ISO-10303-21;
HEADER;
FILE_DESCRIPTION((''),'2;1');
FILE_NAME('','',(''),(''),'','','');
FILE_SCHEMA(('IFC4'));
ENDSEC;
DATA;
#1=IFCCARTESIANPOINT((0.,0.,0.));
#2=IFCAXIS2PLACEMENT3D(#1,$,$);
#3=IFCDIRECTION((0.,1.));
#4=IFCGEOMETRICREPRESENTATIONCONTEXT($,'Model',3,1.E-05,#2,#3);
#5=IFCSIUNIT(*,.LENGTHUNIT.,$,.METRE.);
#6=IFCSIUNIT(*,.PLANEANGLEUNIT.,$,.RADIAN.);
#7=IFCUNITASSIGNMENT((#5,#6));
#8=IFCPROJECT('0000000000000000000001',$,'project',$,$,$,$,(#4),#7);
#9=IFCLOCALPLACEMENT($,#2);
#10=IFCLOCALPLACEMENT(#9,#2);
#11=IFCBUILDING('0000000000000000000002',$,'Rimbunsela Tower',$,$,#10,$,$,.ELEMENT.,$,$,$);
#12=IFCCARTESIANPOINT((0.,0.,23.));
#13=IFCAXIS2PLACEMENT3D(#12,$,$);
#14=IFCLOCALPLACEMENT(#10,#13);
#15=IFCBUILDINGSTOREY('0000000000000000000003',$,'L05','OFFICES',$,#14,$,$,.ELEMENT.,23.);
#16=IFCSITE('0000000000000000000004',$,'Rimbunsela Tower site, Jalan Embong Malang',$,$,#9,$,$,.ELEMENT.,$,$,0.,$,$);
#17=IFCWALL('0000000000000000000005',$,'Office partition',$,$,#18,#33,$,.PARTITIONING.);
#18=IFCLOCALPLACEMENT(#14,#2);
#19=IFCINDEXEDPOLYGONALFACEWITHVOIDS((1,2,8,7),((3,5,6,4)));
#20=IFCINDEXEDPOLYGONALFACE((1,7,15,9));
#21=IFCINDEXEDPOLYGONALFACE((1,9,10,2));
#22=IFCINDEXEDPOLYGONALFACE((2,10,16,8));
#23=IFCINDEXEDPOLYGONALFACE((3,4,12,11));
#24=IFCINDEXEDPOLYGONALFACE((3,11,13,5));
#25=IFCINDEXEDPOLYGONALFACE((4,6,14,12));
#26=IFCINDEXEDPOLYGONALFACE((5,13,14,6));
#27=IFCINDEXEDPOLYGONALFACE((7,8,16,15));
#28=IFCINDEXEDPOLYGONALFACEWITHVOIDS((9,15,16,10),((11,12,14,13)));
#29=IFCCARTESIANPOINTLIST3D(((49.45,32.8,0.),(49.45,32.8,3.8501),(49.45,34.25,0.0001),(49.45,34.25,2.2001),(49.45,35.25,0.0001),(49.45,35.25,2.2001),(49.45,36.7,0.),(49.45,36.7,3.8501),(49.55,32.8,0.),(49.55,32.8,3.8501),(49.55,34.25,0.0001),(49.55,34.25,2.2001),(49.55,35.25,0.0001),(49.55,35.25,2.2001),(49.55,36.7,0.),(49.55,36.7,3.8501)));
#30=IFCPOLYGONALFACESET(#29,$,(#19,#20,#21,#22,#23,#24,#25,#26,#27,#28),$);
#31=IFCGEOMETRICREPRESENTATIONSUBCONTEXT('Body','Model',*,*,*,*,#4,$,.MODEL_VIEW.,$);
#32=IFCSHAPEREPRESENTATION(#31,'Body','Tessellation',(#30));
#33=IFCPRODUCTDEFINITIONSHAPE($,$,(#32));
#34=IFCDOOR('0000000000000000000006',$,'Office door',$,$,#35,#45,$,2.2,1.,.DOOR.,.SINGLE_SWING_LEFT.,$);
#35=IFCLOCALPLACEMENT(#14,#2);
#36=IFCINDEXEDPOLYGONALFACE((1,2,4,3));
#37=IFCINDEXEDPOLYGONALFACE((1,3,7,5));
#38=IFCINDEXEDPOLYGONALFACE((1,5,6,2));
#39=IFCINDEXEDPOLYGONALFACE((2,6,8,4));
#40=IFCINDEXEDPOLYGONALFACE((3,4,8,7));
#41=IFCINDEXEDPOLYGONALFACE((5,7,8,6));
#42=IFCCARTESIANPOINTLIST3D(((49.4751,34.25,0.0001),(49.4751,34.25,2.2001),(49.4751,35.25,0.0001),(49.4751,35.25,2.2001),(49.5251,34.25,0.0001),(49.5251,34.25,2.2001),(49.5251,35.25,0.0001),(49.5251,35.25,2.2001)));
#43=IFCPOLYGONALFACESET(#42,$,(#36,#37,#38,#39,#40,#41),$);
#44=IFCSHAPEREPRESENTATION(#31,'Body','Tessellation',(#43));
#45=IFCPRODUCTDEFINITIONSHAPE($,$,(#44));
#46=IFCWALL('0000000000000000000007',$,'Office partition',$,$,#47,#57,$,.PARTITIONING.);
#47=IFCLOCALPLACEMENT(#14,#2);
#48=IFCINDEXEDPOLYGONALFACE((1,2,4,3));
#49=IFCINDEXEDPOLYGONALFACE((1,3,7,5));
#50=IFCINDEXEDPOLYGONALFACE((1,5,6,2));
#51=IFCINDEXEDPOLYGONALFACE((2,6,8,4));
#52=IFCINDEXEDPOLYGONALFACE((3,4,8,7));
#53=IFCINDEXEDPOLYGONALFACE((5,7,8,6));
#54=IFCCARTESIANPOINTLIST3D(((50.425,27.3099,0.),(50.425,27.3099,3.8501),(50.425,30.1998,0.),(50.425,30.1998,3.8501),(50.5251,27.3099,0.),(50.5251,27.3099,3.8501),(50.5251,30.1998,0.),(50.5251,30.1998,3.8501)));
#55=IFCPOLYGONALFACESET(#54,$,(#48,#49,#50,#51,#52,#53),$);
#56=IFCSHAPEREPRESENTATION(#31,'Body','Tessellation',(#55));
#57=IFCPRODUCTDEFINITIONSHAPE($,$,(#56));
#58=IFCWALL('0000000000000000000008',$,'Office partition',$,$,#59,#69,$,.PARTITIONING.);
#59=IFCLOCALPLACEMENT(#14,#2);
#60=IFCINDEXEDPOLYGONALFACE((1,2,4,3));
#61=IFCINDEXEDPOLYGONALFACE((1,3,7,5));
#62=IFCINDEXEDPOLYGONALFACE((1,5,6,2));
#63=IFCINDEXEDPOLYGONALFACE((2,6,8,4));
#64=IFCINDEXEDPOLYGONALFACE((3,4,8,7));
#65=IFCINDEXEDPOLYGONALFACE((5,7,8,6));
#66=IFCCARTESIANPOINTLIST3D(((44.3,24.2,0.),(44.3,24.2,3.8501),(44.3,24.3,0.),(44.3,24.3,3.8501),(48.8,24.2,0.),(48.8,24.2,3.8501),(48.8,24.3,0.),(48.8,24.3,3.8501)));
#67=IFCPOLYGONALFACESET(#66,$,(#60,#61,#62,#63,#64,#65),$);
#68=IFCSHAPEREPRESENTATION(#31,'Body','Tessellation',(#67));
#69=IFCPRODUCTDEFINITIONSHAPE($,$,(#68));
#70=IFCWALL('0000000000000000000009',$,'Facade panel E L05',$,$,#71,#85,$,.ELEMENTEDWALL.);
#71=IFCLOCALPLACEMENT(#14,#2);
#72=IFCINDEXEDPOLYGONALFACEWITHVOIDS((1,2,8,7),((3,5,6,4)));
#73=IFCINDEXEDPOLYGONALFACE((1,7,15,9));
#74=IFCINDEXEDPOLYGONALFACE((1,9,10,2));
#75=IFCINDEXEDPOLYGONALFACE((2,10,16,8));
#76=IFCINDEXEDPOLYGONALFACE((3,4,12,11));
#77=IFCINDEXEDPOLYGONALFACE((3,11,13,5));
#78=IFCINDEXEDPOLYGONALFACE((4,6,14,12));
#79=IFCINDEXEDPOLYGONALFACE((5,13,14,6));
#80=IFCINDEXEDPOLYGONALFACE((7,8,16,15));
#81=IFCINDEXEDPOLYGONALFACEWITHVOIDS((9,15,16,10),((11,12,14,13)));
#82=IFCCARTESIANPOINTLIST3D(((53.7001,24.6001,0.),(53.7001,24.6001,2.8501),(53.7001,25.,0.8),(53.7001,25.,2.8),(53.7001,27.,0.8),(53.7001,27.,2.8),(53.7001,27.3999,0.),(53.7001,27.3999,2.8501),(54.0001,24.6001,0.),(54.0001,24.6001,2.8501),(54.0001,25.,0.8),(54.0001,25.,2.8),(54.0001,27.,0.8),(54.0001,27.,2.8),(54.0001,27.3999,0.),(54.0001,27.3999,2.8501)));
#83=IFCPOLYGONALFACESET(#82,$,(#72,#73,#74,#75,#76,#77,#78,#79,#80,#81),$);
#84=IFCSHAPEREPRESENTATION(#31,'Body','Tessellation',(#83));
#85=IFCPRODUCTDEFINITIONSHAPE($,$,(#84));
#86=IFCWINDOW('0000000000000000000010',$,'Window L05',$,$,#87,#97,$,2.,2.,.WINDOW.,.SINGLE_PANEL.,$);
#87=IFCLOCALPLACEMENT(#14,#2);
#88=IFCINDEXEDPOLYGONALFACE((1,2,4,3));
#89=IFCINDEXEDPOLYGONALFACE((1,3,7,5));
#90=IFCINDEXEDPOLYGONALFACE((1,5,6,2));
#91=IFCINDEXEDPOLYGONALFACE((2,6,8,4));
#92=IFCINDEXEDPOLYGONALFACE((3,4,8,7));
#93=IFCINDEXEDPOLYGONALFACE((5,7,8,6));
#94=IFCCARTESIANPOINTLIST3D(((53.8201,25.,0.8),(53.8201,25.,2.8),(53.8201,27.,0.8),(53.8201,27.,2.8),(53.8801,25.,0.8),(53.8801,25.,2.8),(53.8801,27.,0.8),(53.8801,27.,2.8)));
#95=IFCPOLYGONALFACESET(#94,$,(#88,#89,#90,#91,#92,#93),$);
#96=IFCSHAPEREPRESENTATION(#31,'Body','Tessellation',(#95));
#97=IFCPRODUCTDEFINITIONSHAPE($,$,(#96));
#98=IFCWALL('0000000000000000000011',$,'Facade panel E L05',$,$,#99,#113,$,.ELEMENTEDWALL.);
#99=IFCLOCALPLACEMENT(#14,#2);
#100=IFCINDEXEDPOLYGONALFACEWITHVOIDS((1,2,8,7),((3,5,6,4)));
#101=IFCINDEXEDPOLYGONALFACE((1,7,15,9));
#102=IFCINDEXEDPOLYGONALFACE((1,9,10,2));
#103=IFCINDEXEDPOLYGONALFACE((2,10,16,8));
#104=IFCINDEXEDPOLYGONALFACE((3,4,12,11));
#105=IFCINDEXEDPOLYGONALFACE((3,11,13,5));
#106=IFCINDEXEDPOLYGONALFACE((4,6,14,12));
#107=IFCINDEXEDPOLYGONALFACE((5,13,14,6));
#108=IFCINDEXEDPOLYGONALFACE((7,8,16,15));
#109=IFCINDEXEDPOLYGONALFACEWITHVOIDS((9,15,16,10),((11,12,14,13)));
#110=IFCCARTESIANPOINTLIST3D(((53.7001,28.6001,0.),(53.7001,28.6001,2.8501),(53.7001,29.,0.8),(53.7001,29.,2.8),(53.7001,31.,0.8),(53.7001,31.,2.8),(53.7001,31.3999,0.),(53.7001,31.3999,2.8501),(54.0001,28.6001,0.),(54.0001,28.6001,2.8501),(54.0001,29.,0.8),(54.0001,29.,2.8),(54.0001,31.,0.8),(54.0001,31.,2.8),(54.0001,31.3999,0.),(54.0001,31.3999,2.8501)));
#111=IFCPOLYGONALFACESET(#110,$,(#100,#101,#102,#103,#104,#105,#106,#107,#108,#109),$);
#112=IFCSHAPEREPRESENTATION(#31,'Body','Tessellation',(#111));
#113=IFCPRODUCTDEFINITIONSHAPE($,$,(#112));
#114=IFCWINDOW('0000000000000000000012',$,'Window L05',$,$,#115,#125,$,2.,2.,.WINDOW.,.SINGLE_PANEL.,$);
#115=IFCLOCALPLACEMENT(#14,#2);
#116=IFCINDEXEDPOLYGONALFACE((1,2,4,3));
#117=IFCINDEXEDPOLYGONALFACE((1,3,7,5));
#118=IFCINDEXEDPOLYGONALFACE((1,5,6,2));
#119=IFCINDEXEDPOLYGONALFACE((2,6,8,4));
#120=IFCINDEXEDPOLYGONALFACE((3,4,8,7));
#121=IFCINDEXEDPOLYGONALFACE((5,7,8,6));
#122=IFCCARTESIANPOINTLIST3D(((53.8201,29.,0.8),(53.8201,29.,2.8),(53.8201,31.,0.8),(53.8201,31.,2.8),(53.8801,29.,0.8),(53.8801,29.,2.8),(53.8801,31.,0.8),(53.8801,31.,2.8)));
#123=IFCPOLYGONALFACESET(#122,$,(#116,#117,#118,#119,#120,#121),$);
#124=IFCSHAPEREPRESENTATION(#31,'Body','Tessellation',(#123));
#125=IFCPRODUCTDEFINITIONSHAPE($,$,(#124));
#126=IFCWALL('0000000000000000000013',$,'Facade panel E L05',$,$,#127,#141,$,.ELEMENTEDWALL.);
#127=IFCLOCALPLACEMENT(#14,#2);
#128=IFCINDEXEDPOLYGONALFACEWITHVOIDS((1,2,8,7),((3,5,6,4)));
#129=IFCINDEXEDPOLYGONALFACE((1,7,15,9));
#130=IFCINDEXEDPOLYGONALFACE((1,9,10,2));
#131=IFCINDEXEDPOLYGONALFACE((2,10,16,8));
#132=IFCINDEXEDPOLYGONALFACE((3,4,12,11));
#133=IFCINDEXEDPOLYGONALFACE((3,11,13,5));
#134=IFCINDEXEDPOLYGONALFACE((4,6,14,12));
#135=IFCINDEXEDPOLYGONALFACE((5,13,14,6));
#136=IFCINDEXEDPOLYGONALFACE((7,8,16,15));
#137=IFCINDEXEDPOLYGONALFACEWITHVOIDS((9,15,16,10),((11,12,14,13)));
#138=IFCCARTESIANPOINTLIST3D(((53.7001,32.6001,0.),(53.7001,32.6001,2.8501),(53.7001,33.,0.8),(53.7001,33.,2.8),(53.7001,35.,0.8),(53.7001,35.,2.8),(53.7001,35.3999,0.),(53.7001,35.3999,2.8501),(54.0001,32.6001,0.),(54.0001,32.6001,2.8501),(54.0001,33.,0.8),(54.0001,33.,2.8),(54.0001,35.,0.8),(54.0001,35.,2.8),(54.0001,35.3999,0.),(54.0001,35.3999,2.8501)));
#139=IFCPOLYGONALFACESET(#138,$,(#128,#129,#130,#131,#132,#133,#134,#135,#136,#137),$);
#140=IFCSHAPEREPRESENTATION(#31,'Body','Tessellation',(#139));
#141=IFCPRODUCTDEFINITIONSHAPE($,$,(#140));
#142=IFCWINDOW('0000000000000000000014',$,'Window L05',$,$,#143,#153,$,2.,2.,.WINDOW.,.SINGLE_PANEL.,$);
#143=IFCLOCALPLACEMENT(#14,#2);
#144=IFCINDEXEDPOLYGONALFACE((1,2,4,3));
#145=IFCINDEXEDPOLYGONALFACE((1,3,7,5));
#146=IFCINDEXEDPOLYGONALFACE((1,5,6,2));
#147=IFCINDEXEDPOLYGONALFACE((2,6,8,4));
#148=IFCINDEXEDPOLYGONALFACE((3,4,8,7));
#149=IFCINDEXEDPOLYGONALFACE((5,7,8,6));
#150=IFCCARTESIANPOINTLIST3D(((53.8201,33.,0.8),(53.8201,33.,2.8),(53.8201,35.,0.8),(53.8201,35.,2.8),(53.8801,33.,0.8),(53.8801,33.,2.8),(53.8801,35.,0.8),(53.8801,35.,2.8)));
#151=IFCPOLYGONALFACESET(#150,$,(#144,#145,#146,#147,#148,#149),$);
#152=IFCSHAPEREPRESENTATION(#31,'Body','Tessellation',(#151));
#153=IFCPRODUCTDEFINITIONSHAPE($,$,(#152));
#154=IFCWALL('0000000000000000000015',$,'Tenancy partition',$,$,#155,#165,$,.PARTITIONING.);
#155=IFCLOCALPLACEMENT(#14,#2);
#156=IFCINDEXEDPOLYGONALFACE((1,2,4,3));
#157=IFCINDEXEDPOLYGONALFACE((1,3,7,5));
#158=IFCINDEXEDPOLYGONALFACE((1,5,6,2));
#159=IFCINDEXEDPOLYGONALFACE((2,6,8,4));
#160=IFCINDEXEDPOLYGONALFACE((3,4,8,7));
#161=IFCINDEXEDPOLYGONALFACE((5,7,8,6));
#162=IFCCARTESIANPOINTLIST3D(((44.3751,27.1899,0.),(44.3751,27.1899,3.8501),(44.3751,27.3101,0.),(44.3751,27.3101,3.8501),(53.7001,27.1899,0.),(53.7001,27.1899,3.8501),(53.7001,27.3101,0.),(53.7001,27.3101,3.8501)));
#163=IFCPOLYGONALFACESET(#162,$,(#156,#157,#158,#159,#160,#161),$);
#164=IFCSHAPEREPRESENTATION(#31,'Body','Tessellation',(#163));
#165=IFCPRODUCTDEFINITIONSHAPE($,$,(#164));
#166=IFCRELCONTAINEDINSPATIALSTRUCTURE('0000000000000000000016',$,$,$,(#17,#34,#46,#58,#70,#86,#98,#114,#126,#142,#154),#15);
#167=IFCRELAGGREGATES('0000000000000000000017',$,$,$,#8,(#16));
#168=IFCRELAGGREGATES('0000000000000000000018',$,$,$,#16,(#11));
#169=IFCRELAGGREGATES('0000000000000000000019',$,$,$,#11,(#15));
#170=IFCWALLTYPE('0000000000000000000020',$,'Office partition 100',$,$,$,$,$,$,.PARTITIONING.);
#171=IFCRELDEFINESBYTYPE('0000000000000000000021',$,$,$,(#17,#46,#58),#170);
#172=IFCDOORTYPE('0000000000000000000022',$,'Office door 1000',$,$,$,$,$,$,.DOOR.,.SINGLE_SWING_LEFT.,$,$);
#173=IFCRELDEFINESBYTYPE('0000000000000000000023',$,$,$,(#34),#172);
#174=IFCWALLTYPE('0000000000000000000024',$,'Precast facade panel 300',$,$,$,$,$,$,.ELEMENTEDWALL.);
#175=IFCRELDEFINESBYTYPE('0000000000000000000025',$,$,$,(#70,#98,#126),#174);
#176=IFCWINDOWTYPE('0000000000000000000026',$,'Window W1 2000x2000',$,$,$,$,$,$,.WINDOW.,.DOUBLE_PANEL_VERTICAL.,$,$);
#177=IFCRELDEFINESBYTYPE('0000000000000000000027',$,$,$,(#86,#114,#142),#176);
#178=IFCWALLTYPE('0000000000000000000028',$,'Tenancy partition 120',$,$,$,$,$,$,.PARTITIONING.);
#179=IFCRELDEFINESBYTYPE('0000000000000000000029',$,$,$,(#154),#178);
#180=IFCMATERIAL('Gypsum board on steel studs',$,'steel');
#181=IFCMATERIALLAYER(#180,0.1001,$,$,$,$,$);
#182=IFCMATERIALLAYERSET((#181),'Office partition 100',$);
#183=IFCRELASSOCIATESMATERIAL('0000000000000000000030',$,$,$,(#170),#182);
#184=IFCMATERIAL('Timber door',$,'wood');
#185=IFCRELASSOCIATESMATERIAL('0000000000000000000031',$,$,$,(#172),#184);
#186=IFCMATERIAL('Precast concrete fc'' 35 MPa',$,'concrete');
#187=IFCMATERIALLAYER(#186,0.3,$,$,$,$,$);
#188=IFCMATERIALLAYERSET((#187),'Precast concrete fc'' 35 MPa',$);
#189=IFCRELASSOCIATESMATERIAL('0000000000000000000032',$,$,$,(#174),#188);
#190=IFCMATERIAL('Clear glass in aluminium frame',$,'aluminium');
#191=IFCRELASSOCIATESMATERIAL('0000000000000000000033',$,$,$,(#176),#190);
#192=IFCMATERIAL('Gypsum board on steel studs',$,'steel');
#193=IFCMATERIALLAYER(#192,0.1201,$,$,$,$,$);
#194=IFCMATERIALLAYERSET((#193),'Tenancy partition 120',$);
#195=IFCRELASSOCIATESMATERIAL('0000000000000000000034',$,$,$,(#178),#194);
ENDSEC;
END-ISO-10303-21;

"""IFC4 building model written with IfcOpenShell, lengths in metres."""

from ifc_helpers import new_model, si_unit, direction, frame, frame_2d, origin, place, context, subcontext, project, spatial, rectangle, extrude, material, layer, layer_set, type_object, element, fill, save


model = new_model("IFC4")

# Units and contexts
model_context = context("Model", 3, precision=1e-05, world=origin(), true_north=direction((0.0, 1.0)))
body_context = subcontext(model_context, "Body", "Model", "MODEL_VIEW")
ifc_project = project(units=[si_unit("LENGTHUNIT", "METRE"), si_unit("PLANEANGLEUNIT", "RADIAN")], contexts=[model_context])

# Site, building, storey
site_placement = place(None, origin())
site = spatial("IfcSite", under=ifc_project, at=site_placement, Name="Rimbunsela Tower site, Jalan Embong Malang", CompositionType="ELEMENT", RefElevation=0.0)
building_placement = place(site_placement, origin())
building = spatial("IfcBuilding", under=site, at=building_placement, Name="Rimbunsela Tower", CompositionType="ELEMENT")
storey_placement = place(building_placement, frame((0.0, 0.0, 23.0)))
storey = spatial("IfcBuildingStorey", under=building, at=storey_placement, Name="L05", Description="OFFICES", CompositionType="ELEMENT", Elevation=23.0)

# Shared definitions
ifc_material_1 = material(Name="Gypsum board on steel studs", Category="steel")
ifc_layer_1 = layer(ifc_material_1, 0.1001)
ifc_layer_set_1 = layer_set([ifc_layer_1], Name="Office partition 100")
wall_type_1 = type_object("IfcWallType", Name="Office partition 100", PredefinedType="PARTITIONING", material=ifc_layer_set_1)

# Wall, opening, door
wall_1_placement = place(storey_placement, frame((49.5, 32.8, 0.0), z_axis=(0.0, 0.0, 1.0), x_axis=(0.0, 1.0, 0.0)))
wall_1 = element("IfcWall", 1, at=wall_1_placement, inside=storey, type_object=wall_type_1, Name="Office partition", PredefinedType="PARTITIONING", context=body_context, shape_type="SweptSolid", body=[
    extrude(rectangle(XDim=3.8999, YDim=0.1001, at=frame_2d((1.95, 0.0))), origin(), (0.0, 0.0, 1.0), 3.8501),
])
opening_1_placement = place(wall_1_placement, frame((1.45, 0.0, 0.0)))
opening_1 = element("IfcOpeningElement", 2, at=opening_1_placement, cuts=wall_1, PredefinedType="OPENING", context=body_context, shape_type="SweptSolid", body=[
    extrude(rectangle(XDim=1.0, YDim=2.2, at=frame_2d((0.5, 1.1001))), frame((0.0, 0.0601, 0.0), z_axis=(0.0, -1.0, 0.0), x_axis=(1.0, 0.0, 0.0)), (0.0, 0.0, 1.0), 0.1201),
])
ifc_material_2 = material(Name="Timber door", Category="wood")
door_type_1 = type_object("IfcDoorType", Name="Office door 1000", OperationType="SINGLE_SWING_LEFT", PredefinedType="DOOR", material=ifc_material_2)
door_1_placement = place(opening_1_placement, origin())
door_1 = element("IfcDoor", 3, at=door_1_placement, inside=storey, type_object=door_type_1, Name="Office door", OperationType="SINGLE_SWING_LEFT", OverallHeight=2.2, OverallWidth=1.0, PredefinedType="DOOR", context=body_context, shape_type="SweptSolid", body=[
    extrude(rectangle(XDim=1.0, YDim=2.2, at=frame_2d((0.5, 1.1001))), frame((0.0, 0.0249, 0.0), z_axis=(0.0, -1.0, 0.0), x_axis=(1.0, 0.0, 0.0)), (0.0, 0.0, 1.0), 0.05),
])
fill(opening_1, door_1)

# Walls
wall_2_placement = place(storey_placement, frame((50.4751, 27.3101, 0.0), z_axis=(0.0, 0.0, 1.0), x_axis=(0.0, 1.0, 0.0)))
element("IfcWall", 4, at=wall_2_placement, inside=storey, type_object=wall_type_1, Name="Office partition", PredefinedType="PARTITIONING", context=body_context, shape_type="SweptSolid", body=[
    extrude(rectangle(XDim=2.8899, YDim=0.1001, at=frame_2d((1.4448, 0.0))), origin(), (0.0, 0.0, 1.0), 3.8501),
])
wall_3_placement = place(storey_placement, frame((48.8, 24.25, 0.0), z_axis=(0.0, 0.0, 1.0), x_axis=(-1.0, 0.0, 0.0)))
element("IfcWall", 5, at=wall_3_placement, inside=storey, type_object=wall_type_1, Name="Office partition", PredefinedType="PARTITIONING", context=body_context, shape_type="SweptSolid", body=[
    extrude(rectangle(XDim=4.5, YDim=0.1001, at=frame_2d((2.25, 0.0))), origin(), (0.0, 0.0, 1.0), 3.8501),
])

# Walls, openings, windows
ifc_material_3 = material(Name="Precast concrete fc' 35 MPa", Category="concrete")
ifc_layer_2 = layer(ifc_material_3, 0.3)
ifc_layer_set_2 = layer_set([ifc_layer_2], Name="Precast concrete fc' 35 MPa")
wall_type_2 = type_object("IfcWallType", Name="Precast facade panel 300", PredefinedType="ELEMENTEDWALL", material=ifc_layer_set_2)
wall_4_placement = place(storey_placement, frame((53.8501, 24.6001, 0.0), z_axis=(0.0, 0.0, 1.0), x_axis=(0.0, 1.0, 0.0)))
wall_4 = element("IfcWall", 6, at=wall_4_placement, inside=storey, type_object=wall_type_2, Name="Facade panel E L05", PredefinedType="ELEMENTEDWALL", context=body_context, shape_type="SweptSolid", body=[
    extrude(rectangle(XDim=2.7998, YDim=0.3, at=frame_2d((1.3999, 0.0))), origin(), (0.0, 0.0, 1.0), 2.8501),
])
opening_2_placement = place(wall_4_placement, frame((0.3999, 0.0, 0.8)))
opening_2 = element("IfcOpeningElement", 7, at=opening_2_placement, cuts=wall_4, PredefinedType="OPENING", context=body_context, shape_type="SweptSolid", body=[
    extrude(rectangle(XDim=2.0, YDim=2.0, at=frame_2d((1.0, 1.0))), frame((0.0, 0.1599, 0.0), z_axis=(0.0, -1.0, 0.0), x_axis=(1.0, 0.0, 0.0)), (0.0, 0.0, 1.0), 0.3201),
])
ifc_material_4 = material(Name="Clear glass in aluminium frame", Category="aluminium")
window_type = type_object("IfcWindowType", Name="Window W1 2000x2000", PartitioningType="DOUBLE_PANEL_VERTICAL", PredefinedType="WINDOW", material=ifc_material_4)
window_1_placement = place(opening_2_placement, origin())
window_1 = element("IfcWindow", 8, at=window_1_placement, inside=storey, type_object=window_type, Name="Window L05", OverallHeight=2.0, OverallWidth=2.0, PartitioningType="SINGLE_PANEL", PredefinedType="WINDOW", context=body_context, shape_type="SweptSolid", body=[
    extrude(rectangle(XDim=2.0, YDim=2.0, at=frame_2d((1.0, 1.0))), frame((0.0, 0.03, 0.0), z_axis=(0.0, -1.0, 0.0), x_axis=(1.0, 0.0, 0.0)), (0.0, 0.0, 1.0), 0.0601),
])
fill(opening_2, window_1)
wall_5_placement = place(storey_placement, frame((53.8501, 28.6001, 0.0), z_axis=(0.0, 0.0, 1.0), x_axis=(0.0, 1.0, 0.0)))
wall_5 = element("IfcWall", 9, at=wall_5_placement, inside=storey, type_object=wall_type_2, Name="Facade panel E L05", PredefinedType="ELEMENTEDWALL", context=body_context, shape_type="SweptSolid", body=[
    extrude(rectangle(XDim=2.7998, YDim=0.3, at=frame_2d((1.3999, 0.0))), origin(), (0.0, 0.0, 1.0), 2.8501),
])
opening_3_placement = place(wall_5_placement, frame((0.3999, 0.0, 0.8)))
opening_3 = element("IfcOpeningElement", 10, at=opening_3_placement, cuts=wall_5, PredefinedType="OPENING", context=body_context, shape_type="SweptSolid", body=[
    extrude(rectangle(XDim=2.0, YDim=2.0, at=frame_2d((1.0, 1.0))), frame((0.0, 0.1599, 0.0), z_axis=(0.0, -1.0, 0.0), x_axis=(1.0, 0.0, 0.0)), (0.0, 0.0, 1.0), 0.3201),
])
window_2_placement = place(opening_3_placement, origin())
window_2 = element("IfcWindow", 11, at=window_2_placement, inside=storey, type_object=window_type, Name="Window L05", OverallHeight=2.0, OverallWidth=2.0, PartitioningType="SINGLE_PANEL", PredefinedType="WINDOW", context=body_context, shape_type="SweptSolid", body=[
    extrude(rectangle(XDim=2.0, YDim=2.0, at=frame_2d((1.0, 1.0))), frame((0.0, 0.03, 0.0), z_axis=(0.0, -1.0, 0.0), x_axis=(1.0, 0.0, 0.0)), (0.0, 0.0, 1.0), 0.0601),
])
fill(opening_3, window_2)
wall_6_placement = place(storey_placement, frame((53.8501, 32.6001, 0.0), z_axis=(0.0, 0.0, 1.0), x_axis=(0.0, 1.0, 0.0)))
wall_6 = element("IfcWall", 12, at=wall_6_placement, inside=storey, type_object=wall_type_2, Name="Facade panel E L05", PredefinedType="ELEMENTEDWALL", context=body_context, shape_type="SweptSolid", body=[
    extrude(rectangle(XDim=2.7998, YDim=0.3, at=frame_2d((1.3999, 0.0))), origin(), (0.0, 0.0, 1.0), 2.8501),
])
opening_4_placement = place(wall_6_placement, frame((0.3999, 0.0, 0.8)))
opening_4 = element("IfcOpeningElement", 13, at=opening_4_placement, cuts=wall_6, PredefinedType="OPENING", context=body_context, shape_type="SweptSolid", body=[
    extrude(rectangle(XDim=2.0, YDim=2.0, at=frame_2d((1.0, 1.0))), frame((0.0, 0.1599, 0.0), z_axis=(0.0, -1.0, 0.0), x_axis=(1.0, 0.0, 0.0)), (0.0, 0.0, 1.0), 0.3201),
])
window_3_placement = place(opening_4_placement, origin())
window_3 = element("IfcWindow", 14, at=window_3_placement, inside=storey, type_object=window_type, Name="Window L05", OverallHeight=2.0, OverallWidth=2.0, PartitioningType="SINGLE_PANEL", PredefinedType="WINDOW", context=body_context, shape_type="SweptSolid", body=[
    extrude(rectangle(XDim=2.0, YDim=2.0, at=frame_2d((1.0, 1.0))), frame((0.0, 0.03, 0.0), z_axis=(0.0, -1.0, 0.0), x_axis=(1.0, 0.0, 0.0)), (0.0, 0.0, 1.0), 0.0601),
])
fill(opening_4, window_3)

# Wall
ifc_material_5 = material(Name="Gypsum board on steel studs", Category="steel")
ifc_layer_3 = layer(ifc_material_5, 0.1201)
ifc_layer_set_3 = layer_set([ifc_layer_3], Name="Tenancy partition 120")
wall_type_3 = type_object("IfcWallType", Name="Tenancy partition 120", PredefinedType="PARTITIONING", material=ifc_layer_set_3)
wall_7_placement = place(storey_placement, frame((44.375, 27.25, 0.0), z_axis=(0.0, 0.0, 1.0), x_axis=(1.0, 0.0, 0.0)))
element("IfcWall", 15, at=wall_7_placement, inside=storey, type_object=wall_type_3, Name="Tenancy partition", PredefinedType="PARTITIONING", context=body_context, shape_type="SweptSolid", body=[
    extrude(rectangle(XDim=9.325, YDim=0.1201, at=frame_2d((4.6626, 0.0))), origin(), (0.0, 0.0, 1.0), 3.8501),
])

save(model, "model.ifc")
